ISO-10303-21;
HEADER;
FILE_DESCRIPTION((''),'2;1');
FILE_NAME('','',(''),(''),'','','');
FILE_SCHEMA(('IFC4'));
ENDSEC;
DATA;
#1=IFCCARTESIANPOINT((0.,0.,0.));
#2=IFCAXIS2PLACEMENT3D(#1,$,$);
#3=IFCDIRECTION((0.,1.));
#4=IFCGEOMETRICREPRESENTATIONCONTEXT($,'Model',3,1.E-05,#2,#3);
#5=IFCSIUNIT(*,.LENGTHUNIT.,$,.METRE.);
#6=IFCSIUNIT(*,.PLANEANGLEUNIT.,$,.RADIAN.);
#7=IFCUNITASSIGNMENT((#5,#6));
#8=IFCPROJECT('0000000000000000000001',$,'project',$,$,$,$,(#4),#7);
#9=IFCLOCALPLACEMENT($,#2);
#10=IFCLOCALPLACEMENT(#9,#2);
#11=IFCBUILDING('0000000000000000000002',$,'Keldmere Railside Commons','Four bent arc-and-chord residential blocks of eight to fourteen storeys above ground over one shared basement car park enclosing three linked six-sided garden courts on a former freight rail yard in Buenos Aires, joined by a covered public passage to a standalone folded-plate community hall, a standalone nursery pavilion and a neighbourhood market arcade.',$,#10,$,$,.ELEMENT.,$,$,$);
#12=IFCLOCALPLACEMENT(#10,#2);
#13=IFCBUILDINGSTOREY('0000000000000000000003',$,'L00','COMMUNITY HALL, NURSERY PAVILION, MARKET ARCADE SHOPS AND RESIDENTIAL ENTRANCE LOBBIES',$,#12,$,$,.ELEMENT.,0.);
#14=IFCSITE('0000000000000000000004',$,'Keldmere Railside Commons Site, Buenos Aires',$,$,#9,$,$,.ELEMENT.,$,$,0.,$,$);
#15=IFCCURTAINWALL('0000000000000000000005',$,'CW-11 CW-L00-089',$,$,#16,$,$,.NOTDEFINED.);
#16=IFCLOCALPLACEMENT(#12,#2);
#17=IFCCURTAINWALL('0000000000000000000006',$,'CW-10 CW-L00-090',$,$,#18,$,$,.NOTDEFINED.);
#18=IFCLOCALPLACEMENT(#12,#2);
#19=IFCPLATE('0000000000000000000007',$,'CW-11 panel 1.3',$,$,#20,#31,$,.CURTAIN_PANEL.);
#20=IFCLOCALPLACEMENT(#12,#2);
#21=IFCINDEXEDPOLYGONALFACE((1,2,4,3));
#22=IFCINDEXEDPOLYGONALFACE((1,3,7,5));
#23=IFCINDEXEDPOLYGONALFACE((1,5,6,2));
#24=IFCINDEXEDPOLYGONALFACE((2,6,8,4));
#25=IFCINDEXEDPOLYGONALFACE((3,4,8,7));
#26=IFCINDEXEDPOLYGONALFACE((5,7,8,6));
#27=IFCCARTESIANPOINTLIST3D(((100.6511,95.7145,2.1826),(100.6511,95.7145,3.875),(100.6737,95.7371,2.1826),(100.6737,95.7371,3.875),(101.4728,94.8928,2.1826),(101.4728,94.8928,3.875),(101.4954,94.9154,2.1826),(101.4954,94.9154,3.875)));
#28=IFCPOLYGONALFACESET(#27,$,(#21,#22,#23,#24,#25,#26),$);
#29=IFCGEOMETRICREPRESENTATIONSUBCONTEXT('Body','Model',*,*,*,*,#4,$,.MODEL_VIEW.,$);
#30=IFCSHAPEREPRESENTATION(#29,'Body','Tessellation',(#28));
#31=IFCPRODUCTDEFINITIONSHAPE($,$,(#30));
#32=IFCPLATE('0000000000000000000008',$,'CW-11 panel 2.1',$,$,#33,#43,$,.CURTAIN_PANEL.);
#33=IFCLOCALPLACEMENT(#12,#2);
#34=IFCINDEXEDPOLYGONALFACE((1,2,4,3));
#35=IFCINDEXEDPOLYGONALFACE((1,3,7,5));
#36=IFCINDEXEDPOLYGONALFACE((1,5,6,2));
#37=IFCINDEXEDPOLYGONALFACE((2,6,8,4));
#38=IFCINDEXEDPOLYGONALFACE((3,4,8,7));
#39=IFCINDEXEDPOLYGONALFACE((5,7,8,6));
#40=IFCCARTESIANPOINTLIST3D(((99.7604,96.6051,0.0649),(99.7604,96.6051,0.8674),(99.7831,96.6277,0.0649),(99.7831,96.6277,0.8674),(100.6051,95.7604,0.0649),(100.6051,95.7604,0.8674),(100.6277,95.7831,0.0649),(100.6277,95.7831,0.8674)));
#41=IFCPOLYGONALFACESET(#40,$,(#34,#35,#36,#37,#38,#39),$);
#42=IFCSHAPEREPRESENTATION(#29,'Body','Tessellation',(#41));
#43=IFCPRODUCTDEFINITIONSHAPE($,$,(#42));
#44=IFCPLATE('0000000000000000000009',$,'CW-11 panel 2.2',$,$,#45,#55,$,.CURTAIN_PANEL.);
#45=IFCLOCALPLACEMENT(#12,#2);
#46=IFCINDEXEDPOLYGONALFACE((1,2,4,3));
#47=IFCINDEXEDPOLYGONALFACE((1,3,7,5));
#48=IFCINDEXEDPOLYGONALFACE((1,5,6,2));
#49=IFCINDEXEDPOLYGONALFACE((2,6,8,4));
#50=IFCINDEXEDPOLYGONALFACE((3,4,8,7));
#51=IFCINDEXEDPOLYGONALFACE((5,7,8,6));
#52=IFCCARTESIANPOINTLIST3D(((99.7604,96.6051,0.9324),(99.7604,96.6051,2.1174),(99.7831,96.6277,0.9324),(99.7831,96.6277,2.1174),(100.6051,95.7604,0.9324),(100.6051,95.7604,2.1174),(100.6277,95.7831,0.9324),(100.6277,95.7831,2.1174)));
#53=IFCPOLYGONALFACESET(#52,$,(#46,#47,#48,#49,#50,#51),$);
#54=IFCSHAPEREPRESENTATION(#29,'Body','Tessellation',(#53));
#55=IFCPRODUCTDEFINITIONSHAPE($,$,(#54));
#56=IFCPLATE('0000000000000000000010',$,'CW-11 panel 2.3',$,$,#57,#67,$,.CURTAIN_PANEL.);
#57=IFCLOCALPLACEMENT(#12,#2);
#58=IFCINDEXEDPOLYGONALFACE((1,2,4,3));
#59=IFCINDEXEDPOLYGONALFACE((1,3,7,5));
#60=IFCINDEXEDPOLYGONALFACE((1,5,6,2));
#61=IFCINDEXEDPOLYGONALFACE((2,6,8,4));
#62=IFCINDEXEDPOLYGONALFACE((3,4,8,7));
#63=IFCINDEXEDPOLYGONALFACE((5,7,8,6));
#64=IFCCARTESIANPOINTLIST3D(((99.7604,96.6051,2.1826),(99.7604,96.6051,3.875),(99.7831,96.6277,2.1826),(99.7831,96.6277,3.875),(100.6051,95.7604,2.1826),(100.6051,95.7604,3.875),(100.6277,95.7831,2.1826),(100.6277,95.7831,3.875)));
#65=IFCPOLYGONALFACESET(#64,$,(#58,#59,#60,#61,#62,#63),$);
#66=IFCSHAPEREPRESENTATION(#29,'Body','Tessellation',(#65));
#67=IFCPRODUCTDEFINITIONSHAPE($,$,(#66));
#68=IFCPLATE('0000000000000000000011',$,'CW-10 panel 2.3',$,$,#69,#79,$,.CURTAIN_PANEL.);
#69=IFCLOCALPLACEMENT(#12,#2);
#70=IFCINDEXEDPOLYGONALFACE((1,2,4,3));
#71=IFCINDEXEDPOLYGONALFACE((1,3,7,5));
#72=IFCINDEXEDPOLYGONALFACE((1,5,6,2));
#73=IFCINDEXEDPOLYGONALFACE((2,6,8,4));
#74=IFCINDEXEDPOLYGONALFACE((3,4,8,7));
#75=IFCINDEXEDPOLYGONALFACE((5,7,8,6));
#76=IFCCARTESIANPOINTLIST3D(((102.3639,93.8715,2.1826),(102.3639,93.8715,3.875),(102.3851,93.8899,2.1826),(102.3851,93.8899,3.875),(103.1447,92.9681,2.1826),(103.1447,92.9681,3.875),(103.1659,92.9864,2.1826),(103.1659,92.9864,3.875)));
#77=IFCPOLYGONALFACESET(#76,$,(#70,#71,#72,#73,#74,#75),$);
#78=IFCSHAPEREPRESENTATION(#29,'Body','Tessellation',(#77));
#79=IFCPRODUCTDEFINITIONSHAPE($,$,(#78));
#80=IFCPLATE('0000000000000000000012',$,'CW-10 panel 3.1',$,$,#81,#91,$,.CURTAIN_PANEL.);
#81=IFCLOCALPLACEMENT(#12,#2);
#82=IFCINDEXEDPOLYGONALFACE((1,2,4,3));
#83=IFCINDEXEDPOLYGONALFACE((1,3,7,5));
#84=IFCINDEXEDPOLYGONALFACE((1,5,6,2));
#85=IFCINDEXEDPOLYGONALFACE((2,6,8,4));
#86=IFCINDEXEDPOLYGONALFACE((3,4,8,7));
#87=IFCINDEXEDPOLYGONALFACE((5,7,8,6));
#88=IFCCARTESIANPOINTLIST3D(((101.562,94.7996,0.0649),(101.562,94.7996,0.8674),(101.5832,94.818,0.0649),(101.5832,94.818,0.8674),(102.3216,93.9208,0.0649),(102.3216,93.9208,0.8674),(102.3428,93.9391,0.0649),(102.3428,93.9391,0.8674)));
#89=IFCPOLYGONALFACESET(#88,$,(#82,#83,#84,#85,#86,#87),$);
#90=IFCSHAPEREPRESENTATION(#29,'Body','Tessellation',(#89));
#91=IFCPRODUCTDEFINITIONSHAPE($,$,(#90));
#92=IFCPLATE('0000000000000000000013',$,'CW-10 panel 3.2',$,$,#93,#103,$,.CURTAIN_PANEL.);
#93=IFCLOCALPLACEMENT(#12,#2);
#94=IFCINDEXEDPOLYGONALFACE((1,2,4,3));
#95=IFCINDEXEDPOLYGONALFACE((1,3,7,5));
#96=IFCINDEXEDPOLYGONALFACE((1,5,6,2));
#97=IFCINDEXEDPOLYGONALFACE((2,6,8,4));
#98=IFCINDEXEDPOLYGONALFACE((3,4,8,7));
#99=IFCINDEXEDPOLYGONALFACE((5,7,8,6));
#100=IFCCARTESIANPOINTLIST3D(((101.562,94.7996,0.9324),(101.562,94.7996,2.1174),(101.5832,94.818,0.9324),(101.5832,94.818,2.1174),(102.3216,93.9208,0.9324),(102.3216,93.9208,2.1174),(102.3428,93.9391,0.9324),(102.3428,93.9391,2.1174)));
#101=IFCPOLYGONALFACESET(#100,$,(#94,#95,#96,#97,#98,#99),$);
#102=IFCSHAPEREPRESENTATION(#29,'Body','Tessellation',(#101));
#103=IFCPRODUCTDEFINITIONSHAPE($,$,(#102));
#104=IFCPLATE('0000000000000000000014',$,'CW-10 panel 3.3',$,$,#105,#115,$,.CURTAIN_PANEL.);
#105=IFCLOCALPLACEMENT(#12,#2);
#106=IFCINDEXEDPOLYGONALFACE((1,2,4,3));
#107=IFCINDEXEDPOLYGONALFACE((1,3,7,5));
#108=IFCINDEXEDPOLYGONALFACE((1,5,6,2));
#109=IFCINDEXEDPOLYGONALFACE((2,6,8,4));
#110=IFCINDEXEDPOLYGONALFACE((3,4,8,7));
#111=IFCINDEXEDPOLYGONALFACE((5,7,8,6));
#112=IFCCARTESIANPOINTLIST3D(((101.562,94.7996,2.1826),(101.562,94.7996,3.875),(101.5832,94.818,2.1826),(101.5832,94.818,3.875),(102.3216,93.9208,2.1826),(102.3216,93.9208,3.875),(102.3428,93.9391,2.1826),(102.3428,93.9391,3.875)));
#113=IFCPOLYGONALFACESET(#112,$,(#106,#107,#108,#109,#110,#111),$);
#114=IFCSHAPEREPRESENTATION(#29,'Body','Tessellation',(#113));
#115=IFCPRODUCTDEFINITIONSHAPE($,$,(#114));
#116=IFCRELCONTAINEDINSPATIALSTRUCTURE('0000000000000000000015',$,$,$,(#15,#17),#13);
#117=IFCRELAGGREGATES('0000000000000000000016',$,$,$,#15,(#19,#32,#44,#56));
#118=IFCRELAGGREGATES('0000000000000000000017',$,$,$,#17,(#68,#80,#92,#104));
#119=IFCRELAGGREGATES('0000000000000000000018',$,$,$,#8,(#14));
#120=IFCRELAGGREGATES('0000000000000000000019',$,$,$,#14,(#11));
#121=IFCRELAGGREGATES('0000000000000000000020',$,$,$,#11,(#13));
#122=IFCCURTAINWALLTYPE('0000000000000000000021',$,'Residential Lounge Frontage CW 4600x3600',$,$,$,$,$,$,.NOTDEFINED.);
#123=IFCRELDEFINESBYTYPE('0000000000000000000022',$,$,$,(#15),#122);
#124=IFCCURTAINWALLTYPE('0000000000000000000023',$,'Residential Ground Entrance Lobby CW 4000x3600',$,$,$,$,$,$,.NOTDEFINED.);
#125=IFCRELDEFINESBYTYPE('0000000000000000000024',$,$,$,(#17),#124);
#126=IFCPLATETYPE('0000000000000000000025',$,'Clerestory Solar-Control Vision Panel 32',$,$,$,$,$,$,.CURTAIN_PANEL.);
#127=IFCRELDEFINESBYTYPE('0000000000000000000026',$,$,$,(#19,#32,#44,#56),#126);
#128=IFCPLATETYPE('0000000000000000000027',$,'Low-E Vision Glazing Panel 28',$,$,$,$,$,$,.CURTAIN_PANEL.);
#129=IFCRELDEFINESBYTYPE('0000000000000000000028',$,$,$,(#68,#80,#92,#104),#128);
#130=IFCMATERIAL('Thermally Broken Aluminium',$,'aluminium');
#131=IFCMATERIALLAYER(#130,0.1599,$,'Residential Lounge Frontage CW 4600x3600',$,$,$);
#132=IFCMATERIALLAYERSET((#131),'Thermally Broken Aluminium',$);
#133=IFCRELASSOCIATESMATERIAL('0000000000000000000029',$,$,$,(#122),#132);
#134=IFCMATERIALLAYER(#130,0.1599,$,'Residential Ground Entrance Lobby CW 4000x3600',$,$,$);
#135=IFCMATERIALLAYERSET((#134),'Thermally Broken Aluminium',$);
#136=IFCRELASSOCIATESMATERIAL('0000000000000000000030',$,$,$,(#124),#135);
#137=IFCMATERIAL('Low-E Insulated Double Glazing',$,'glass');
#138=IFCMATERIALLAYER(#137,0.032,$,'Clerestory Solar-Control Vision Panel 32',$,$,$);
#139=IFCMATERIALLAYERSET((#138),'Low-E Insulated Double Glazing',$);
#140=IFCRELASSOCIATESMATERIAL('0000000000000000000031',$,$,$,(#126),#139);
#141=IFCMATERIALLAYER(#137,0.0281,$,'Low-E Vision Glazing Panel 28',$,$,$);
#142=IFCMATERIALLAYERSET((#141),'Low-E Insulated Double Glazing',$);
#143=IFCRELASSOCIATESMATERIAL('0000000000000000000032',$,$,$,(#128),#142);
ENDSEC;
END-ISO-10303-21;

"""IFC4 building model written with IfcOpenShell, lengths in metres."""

from ifc_helpers import new_model, si_unit, direction, frame, origin, origin_2d, place, context, subcontext, project, spatial, rectangle, extrude, material, layer, layer_set, type_object, element, aggregate, save


model = new_model("IFC4")

# Units and contexts
model_context = context("Model", 3, precision=1e-05, world=origin(), true_north=direction((0.0, 1.0)))
body_context = subcontext(model_context, "Body", "Model", "MODEL_VIEW")
ifc_project = project(units=[si_unit("LENGTHUNIT", "METRE"), si_unit("PLANEANGLEUNIT", "RADIAN")], contexts=[model_context])

# Site, building, storey
site_placement = place(None, origin())
site = spatial("IfcSite", under=ifc_project, at=site_placement, Name="Keldmere Railside Commons Site, Buenos Aires", CompositionType="ELEMENT", RefElevation=0.0)
building_placement = place(site_placement, origin())
building = spatial("IfcBuilding", under=site, at=building_placement, Name="Keldmere Railside Commons", Description="Four bent arc-and-chord residential blocks of eight to fourteen storeys above ground over one shared basement car park enclosing three linked six-sided garden courts on a former freight rail yard in Buenos Aires, joined by a covered public passage to a standalone folded-plate community hall, a standalone nursery pavilion and a neighbourhood market arcade.", CompositionType="ELEMENT")
storey_placement = place(building_placement, origin())
storey = spatial("IfcBuildingStorey", under=building, at=storey_placement, Name="L00", Description="COMMUNITY HALL, NURSERY PAVILION, MARKET ARCADE SHOPS AND RESIDENTIAL ENTRANCE LOBBIES", CompositionType="ELEMENT", Elevation=0.0)

# Curtain walls
ifc_material_1 = material(Name="Thermally Broken Aluminium", Category="aluminium")
ifc_layer_1 = layer(ifc_material_1, 0.1599, Name="Residential Lounge Frontage CW 4600x3600")
ifc_layer_set_1 = layer_set([ifc_layer_1], Name="Thermally Broken Aluminium")
curtain_wall_type_1 = type_object("IfcCurtainWallType", Name="Residential Lounge Frontage CW 4600x3600", PredefinedType="NOTDEFINED", material=ifc_layer_set_1)
curtain_wall_1_placement = place(storey_placement, origin())
curtain_wall_1 = element("IfcCurtainWall", 1, at=curtain_wall_1_placement, inside=storey, type_object=curtain_wall_type_1, Name="CW-11 CW-L00-089", PredefinedType="NOTDEFINED")
ifc_layer_2 = layer(ifc_material_1, 0.1599, Name="Residential Ground Entrance Lobby CW 4000x3600")
ifc_layer_set_2 = layer_set([ifc_layer_2], Name="Thermally Broken Aluminium")
curtain_wall_type_2 = type_object("IfcCurtainWallType", Name="Residential Ground Entrance Lobby CW 4000x3600", PredefinedType="NOTDEFINED", material=ifc_layer_set_2)
curtain_wall_2_placement = place(storey_placement, origin())
curtain_wall_2 = element("IfcCurtainWall", 2, at=curtain_wall_2_placement, inside=storey, type_object=curtain_wall_type_2, Name="CW-10 CW-L00-090", PredefinedType="NOTDEFINED")

# Plates
ifc_material_2 = material(Name="Low-E Insulated Double Glazing", Category="glass")
ifc_layer_3 = layer(ifc_material_2, 0.032, Name="Clerestory Solar-Control Vision Panel 32")
ifc_layer_set_3 = layer_set([ifc_layer_3], Name="Low-E Insulated Double Glazing")
plate_type_1 = type_object("IfcPlateType", Name="Clerestory Solar-Control Vision Panel 32", PredefinedType="CURTAIN_PANEL", material=ifc_layer_set_3)
plate_1_placement = place(storey_placement, frame((101.0732, 95.3149, 2.1826), z_axis=(0.0, 0.0, 1.0), x_axis=(-0.707107, 0.707107, 0.0)))
plate_1 = element("IfcPlate", 3, at=plate_1_placement, type_object=plate_type_1, Name="CW-11 panel 1.3", PredefinedType="CURTAIN_PANEL", context=body_context, shape_type="SweptSolid", body=[
    extrude(rectangle(XDim=1.1621, YDim=0.032, at=origin_2d()), origin(), (0.0, 0.0, 1.0), 1.6924),
])
plate_2_placement = place(storey_placement, frame((100.1941, 96.1941, 0.0649), z_axis=(0.0, 0.0, 1.0), x_axis=(-0.707107, 0.707107, 0.0)))
plate_2 = element("IfcPlate", 4, at=plate_2_placement, type_object=plate_type_1, Name="CW-11 panel 2.1", PredefinedType="CURTAIN_PANEL", context=body_context, shape_type="SweptSolid", body=[
    extrude(rectangle(XDim=1.1946, YDim=0.032, at=origin_2d()), origin(), (0.0, 0.0, 1.0), 0.8025),
])
plate_3_placement = place(storey_placement, frame((100.1941, 96.1941, 0.9324), z_axis=(0.0, 0.0, 1.0), x_axis=(-0.707107, 0.707107, 0.0)))
plate_3 = element("IfcPlate", 5, at=plate_3_placement, type_object=plate_type_1, Name="CW-11 panel 2.2", PredefinedType="CURTAIN_PANEL", context=body_context, shape_type="SweptSolid", body=[
    extrude(rectangle(XDim=1.1946, YDim=0.032, at=origin_2d()), origin(), (0.0, 0.0, 1.0), 1.1851),
])
plate_4_placement = place(storey_placement, frame((100.1941, 96.1941, 2.1826), z_axis=(0.0, 0.0, 1.0), x_axis=(-0.707107, 0.707107, 0.0)))
plate_4 = element("IfcPlate", 6, at=plate_4_placement, type_object=plate_type_1, Name="CW-11 panel 2.3", PredefinedType="CURTAIN_PANEL", context=body_context, shape_type="SweptSolid", body=[
    extrude(rectangle(XDim=1.1946, YDim=0.032, at=origin_2d()), origin(), (0.0, 0.0, 1.0), 1.6924),
])
aggregate(curtain_wall_1, [plate_1, plate_2, plate_3, plate_4])
ifc_layer_4 = layer(ifc_material_2, 0.0281, Name="Low-E Vision Glazing Panel 28")
ifc_layer_set_4 = layer_set([ifc_layer_4], Name="Low-E Insulated Double Glazing")
plate_type_2 = type_object("IfcPlateType", Name="Low-E Vision Glazing Panel 28", PredefinedType="CURTAIN_PANEL", material=ifc_layer_set_4)
plate_5_placement = place(storey_placement, frame((102.7649, 93.429, 2.1826), z_axis=(0.0, 0.0, 1.0), x_axis=(-0.653882, 0.756597, 0.0)))
plate_5 = element("IfcPlate", 7, at=plate_5_placement, type_object=plate_type_2, Name="CW-10 panel 2.3", PredefinedType="CURTAIN_PANEL", context=body_context, shape_type="SweptSolid", body=[
    extrude(rectangle(XDim=1.1941, YDim=0.0281, at=origin_2d()), origin(), (0.0, 0.0, 1.0), 1.6924),
])
plate_6_placement = place(storey_placement, frame((101.9524, 94.3694, 0.0649), z_axis=(0.0, 0.0, 1.0), x_axis=(-0.653882, 0.756597, 0.0)))
plate_6 = element("IfcPlate", 8, at=plate_6_placement, type_object=plate_type_2, Name="CW-10 panel 3.1", PredefinedType="CURTAIN_PANEL", context=body_context, shape_type="SweptSolid", body=[
    extrude(rectangle(XDim=1.1616, YDim=0.0281, at=origin_2d()), origin(), (0.0, 0.0, 1.0), 0.8025),
])
plate_7_placement = place(storey_placement, frame((101.9524, 94.3694, 0.9324), z_axis=(0.0, 0.0, 1.0), x_axis=(-0.653882, 0.756597, 0.0)))
plate_7 = element("IfcPlate", 9, at=plate_7_placement, type_object=plate_type_2, Name="CW-10 panel 3.2", PredefinedType="CURTAIN_PANEL", context=body_context, shape_type="SweptSolid", body=[
    extrude(rectangle(XDim=1.1616, YDim=0.0281, at=origin_2d()), origin(), (0.0, 0.0, 1.0), 1.1851),
])
plate_8_placement = place(storey_placement, frame((101.9524, 94.3694, 2.1826), z_axis=(0.0, 0.0, 1.0), x_axis=(-0.653882, 0.756597, 0.0)))
plate_8 = element("IfcPlate", 10, at=plate_8_placement, type_object=plate_type_2, Name="CW-10 panel 3.3", PredefinedType="CURTAIN_PANEL", context=body_context, shape_type="SweptSolid", body=[
    extrude(rectangle(XDim=1.1616, YDim=0.0281, at=origin_2d()), origin(), (0.0, 0.0, 1.0), 1.6924),
])
aggregate(curtain_wall_2, [plate_5, plate_6, plate_7, plate_8])

save(model, "model.ifc")
